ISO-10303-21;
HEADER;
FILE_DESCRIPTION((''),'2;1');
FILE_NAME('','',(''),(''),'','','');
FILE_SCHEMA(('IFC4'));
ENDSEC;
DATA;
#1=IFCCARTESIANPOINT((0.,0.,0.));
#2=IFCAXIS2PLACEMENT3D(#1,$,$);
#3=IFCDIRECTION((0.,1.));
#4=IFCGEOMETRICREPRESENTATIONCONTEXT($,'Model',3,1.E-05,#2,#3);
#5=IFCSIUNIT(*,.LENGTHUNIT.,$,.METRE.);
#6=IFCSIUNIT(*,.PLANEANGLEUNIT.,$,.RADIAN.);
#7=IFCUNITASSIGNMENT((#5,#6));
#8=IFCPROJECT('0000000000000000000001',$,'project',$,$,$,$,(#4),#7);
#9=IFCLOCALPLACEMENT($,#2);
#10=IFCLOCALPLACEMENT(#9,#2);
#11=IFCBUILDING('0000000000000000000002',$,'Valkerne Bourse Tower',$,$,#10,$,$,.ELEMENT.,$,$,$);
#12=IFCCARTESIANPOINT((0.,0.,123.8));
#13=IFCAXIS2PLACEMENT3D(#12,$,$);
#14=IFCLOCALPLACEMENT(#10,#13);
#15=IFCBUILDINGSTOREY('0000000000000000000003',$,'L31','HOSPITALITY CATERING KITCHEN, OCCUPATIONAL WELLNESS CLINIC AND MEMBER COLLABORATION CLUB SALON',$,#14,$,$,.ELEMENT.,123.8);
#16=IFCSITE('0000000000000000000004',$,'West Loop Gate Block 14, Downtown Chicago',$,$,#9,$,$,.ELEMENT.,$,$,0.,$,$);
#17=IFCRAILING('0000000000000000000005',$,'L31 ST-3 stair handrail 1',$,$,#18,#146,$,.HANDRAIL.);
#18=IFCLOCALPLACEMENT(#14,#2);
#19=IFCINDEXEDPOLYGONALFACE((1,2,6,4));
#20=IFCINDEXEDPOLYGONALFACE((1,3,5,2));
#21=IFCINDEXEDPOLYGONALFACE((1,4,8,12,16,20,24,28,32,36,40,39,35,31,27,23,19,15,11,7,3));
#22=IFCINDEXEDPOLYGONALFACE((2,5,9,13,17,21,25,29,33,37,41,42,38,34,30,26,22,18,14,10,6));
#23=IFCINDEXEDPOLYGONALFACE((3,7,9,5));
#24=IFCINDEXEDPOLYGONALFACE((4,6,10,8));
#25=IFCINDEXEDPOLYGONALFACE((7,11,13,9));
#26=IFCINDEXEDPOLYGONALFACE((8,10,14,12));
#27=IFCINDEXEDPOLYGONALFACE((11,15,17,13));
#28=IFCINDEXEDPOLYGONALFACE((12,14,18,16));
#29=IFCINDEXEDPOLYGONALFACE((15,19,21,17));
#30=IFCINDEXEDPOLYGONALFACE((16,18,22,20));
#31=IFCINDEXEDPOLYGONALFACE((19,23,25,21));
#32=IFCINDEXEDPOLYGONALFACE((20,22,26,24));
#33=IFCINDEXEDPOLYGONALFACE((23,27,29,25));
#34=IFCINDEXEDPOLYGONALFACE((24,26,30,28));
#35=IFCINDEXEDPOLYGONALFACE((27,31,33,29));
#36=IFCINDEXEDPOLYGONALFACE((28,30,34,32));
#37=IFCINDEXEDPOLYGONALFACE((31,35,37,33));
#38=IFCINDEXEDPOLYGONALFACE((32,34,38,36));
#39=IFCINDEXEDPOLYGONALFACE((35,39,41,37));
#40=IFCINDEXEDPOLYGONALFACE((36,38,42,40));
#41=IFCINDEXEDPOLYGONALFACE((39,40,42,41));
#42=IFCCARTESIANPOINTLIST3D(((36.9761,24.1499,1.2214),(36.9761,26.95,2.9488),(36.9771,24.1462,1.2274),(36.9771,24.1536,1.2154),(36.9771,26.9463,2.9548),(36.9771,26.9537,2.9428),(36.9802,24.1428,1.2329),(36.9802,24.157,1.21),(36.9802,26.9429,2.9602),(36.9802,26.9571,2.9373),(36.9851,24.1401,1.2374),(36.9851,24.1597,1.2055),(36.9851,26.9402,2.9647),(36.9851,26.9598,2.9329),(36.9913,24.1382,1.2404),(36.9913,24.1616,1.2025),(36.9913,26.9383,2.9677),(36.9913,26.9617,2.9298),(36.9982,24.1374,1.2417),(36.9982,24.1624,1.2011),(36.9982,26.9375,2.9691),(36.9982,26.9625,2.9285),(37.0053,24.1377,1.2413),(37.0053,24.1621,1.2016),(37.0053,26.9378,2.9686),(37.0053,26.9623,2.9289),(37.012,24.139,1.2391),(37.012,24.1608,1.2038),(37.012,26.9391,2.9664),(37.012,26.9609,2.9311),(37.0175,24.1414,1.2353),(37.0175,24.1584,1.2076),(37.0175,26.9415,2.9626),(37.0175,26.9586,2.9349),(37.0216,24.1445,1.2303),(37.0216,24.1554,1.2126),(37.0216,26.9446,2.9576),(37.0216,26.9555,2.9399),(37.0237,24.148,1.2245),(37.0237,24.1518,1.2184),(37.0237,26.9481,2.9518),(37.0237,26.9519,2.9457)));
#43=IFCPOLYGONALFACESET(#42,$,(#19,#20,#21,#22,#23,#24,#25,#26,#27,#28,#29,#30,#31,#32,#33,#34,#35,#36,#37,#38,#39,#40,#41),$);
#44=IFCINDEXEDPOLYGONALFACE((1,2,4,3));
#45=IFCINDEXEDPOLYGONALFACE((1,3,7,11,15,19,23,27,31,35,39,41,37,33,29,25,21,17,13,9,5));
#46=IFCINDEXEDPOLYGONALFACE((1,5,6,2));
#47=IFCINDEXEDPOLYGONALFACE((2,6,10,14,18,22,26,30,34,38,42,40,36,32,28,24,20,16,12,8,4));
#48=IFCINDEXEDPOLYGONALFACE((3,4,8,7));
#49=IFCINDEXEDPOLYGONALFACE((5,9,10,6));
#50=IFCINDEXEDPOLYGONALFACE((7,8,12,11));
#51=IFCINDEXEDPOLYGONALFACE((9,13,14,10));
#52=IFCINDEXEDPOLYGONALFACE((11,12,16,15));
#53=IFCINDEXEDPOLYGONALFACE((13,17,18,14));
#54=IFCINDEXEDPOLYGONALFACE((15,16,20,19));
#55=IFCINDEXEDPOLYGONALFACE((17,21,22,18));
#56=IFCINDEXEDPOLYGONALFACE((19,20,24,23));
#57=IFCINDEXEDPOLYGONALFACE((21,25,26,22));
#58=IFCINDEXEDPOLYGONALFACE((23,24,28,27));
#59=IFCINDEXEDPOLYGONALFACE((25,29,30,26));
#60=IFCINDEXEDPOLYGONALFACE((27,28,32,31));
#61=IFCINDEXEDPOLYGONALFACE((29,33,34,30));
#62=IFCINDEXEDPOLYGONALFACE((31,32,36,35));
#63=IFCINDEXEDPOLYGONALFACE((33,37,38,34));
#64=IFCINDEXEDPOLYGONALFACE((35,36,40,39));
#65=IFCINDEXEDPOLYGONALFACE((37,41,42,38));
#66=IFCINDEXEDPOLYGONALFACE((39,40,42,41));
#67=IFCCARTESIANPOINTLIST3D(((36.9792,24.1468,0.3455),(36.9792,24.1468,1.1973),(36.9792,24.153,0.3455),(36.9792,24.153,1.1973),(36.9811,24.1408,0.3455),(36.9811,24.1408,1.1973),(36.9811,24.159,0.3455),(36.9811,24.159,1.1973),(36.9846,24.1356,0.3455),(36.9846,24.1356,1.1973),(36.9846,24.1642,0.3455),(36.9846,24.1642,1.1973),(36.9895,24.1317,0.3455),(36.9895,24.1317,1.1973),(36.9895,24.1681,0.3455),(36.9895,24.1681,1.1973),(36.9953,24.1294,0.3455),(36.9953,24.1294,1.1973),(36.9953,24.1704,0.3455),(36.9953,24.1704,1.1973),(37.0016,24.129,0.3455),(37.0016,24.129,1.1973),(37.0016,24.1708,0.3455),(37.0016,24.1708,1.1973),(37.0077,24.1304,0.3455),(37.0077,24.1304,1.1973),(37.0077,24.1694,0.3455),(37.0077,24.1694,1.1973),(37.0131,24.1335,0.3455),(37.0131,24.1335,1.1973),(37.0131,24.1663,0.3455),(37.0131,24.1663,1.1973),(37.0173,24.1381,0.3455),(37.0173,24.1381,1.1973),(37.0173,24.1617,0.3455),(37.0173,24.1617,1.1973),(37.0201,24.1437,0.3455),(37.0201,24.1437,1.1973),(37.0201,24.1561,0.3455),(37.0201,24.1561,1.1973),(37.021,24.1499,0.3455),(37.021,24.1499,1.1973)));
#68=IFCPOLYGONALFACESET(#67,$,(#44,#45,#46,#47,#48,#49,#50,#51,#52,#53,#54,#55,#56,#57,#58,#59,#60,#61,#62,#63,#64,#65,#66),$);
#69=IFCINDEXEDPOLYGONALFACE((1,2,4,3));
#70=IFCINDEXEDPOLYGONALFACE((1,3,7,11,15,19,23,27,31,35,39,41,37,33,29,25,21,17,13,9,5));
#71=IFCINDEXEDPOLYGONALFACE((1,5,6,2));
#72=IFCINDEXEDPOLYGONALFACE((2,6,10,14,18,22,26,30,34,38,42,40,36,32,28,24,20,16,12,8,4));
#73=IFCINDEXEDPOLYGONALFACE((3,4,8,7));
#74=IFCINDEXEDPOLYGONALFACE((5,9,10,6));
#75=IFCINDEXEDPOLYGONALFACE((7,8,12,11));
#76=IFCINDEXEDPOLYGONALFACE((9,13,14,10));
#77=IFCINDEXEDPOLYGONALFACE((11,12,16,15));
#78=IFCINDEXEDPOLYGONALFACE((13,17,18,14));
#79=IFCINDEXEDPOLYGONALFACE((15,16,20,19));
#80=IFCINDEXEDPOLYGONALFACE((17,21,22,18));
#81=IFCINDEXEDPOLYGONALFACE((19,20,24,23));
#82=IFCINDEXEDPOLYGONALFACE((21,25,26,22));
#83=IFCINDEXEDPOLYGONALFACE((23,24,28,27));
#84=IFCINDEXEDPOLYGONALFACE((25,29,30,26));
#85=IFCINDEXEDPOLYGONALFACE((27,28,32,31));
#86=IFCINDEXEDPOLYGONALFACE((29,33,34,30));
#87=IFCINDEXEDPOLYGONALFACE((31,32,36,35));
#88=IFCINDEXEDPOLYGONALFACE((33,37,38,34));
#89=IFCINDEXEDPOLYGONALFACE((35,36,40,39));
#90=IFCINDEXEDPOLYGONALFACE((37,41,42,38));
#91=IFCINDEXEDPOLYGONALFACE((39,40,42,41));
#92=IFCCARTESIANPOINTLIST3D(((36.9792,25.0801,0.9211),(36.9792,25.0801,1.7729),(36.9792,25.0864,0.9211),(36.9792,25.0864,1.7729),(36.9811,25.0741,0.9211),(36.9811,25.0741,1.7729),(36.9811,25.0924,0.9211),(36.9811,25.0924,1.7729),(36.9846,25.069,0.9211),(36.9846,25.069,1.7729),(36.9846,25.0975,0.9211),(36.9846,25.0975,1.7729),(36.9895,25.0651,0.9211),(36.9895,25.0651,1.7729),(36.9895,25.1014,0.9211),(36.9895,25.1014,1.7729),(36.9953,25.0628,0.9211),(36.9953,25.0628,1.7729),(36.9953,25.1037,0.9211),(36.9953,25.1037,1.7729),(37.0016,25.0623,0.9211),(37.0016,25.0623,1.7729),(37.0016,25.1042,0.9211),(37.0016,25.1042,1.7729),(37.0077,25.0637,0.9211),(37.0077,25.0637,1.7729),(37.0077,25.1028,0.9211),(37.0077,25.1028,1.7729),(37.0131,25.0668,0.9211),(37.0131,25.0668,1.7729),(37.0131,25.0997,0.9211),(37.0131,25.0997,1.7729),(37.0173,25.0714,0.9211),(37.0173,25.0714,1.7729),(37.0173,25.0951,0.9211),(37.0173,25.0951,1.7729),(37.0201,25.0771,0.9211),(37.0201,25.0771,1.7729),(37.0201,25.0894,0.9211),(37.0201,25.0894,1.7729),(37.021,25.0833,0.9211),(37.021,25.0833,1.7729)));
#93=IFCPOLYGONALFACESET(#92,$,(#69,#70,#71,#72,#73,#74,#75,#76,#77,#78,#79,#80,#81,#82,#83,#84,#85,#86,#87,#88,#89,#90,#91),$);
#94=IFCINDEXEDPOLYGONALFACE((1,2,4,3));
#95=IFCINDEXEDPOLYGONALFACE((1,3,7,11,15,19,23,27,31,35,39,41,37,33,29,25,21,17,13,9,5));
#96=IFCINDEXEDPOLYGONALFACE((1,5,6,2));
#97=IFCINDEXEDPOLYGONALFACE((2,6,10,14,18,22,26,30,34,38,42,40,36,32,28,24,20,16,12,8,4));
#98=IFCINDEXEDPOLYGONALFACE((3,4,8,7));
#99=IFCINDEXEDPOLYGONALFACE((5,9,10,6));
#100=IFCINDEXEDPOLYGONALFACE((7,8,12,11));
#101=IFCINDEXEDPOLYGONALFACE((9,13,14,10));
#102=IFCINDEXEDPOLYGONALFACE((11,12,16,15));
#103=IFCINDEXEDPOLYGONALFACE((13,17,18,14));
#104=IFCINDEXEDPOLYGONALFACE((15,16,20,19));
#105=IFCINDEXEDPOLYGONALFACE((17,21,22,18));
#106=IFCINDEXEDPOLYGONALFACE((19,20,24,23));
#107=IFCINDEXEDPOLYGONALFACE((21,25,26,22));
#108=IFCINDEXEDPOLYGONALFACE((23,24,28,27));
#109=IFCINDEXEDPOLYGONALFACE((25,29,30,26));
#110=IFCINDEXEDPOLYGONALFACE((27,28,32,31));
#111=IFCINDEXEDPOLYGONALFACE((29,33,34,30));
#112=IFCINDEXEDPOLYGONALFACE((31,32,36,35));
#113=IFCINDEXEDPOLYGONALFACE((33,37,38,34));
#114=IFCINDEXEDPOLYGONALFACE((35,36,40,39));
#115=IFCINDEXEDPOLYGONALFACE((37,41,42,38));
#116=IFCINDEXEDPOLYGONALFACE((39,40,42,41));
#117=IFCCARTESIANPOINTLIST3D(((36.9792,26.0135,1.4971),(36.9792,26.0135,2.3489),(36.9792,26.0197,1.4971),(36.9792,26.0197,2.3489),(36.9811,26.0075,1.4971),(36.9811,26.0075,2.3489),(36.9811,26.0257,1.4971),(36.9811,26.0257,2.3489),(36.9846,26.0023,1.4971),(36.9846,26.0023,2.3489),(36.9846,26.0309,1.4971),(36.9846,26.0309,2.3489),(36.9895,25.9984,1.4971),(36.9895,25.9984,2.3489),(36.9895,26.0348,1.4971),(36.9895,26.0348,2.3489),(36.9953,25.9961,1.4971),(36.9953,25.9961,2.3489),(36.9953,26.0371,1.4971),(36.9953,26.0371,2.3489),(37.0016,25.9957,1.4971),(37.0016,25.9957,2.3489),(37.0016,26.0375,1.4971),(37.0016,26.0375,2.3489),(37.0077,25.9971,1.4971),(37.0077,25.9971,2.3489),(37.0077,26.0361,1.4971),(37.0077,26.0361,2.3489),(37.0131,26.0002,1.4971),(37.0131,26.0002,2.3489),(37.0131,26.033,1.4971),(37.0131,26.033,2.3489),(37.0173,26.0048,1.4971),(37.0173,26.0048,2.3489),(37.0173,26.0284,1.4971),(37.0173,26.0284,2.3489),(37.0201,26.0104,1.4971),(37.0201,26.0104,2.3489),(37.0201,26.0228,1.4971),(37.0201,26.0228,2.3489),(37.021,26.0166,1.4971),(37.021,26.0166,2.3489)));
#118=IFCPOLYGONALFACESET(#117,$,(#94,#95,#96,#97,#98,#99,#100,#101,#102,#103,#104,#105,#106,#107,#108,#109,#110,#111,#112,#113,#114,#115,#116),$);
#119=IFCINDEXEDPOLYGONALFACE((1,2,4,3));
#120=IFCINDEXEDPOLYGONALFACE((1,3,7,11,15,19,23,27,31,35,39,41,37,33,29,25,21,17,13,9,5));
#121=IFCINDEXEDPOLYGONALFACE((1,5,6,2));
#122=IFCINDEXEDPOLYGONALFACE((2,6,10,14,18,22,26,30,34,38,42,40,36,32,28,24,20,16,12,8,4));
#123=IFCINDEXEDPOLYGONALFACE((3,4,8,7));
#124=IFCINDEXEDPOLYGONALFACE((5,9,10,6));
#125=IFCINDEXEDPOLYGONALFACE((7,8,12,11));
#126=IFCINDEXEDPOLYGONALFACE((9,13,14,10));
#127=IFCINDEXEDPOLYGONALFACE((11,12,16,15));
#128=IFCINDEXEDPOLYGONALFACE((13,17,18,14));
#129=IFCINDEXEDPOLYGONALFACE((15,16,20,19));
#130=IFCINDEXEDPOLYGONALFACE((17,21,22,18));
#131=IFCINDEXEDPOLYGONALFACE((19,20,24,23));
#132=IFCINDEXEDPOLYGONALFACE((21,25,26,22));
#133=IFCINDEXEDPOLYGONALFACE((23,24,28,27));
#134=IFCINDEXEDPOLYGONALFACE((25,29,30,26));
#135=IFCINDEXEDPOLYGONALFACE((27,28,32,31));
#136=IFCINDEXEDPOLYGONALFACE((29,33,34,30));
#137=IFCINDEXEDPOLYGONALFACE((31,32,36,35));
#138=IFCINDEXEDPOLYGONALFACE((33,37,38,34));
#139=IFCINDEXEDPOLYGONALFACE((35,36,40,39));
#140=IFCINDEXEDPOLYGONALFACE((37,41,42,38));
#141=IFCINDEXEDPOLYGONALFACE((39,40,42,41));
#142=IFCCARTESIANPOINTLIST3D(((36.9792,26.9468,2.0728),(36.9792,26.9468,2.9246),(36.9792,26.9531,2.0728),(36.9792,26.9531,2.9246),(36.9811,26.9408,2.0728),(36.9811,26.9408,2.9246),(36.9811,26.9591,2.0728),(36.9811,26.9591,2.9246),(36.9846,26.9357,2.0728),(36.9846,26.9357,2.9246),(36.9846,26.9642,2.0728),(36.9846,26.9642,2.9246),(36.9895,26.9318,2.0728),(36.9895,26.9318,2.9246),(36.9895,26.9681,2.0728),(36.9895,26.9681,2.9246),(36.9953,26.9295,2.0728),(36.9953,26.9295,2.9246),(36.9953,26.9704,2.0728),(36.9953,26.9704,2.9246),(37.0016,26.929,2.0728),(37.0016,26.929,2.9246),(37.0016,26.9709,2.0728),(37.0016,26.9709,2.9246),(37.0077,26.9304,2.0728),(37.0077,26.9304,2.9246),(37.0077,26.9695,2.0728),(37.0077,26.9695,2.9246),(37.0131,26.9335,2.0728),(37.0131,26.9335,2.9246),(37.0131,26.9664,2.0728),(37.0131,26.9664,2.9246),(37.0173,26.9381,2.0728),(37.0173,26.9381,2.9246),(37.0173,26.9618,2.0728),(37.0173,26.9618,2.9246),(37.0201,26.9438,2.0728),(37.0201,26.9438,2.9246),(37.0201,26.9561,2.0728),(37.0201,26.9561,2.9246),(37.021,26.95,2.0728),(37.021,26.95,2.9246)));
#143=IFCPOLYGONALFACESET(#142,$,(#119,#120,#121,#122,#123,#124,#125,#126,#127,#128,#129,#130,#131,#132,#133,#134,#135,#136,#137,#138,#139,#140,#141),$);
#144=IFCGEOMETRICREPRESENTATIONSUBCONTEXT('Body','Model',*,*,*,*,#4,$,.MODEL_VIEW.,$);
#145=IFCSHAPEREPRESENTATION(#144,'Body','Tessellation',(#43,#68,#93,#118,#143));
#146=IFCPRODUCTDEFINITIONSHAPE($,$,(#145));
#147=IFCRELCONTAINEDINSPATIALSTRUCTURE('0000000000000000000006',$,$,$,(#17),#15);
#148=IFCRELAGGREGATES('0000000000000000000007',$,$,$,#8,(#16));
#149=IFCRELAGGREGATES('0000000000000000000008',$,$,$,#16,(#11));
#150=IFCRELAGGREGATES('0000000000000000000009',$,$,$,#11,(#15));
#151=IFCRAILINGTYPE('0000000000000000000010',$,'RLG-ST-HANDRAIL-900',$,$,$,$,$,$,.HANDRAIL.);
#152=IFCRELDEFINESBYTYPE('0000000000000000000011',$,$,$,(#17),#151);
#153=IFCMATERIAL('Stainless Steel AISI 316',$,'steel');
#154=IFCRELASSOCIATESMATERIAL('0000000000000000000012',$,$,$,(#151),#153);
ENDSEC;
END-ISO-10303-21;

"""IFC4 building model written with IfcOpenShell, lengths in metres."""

from ifc_helpers import new_model, si_unit, direction, frame, origin, origin_2d, place, context, subcontext, project, spatial, circle, extrude, material, type_object, element, save


model = new_model("IFC4")

# Units and contexts
model_context = context("Model", 3, precision=1e-05, world=origin(), true_north=direction((0.0, 1.0)))
body_context = subcontext(model_context, "Body", "Model", "MODEL_VIEW")
ifc_project = project(units=[si_unit("LENGTHUNIT", "METRE"), si_unit("PLANEANGLEUNIT", "RADIAN")], contexts=[model_context])

# Site, building, storey
site_placement = place(None, origin())
site = spatial("IfcSite", under=ifc_project, at=site_placement, Name="West Loop Gate Block 14, Downtown Chicago", CompositionType="ELEMENT", RefElevation=0.0)
building_placement = place(site_placement, origin())
building = spatial("IfcBuilding", under=site, at=building_placement, Name="Valkerne Bourse Tower", CompositionType="ELEMENT")
storey_placement = place(building_placement, frame((0.0, 0.0, 123.8)))
storey = spatial("IfcBuildingStorey", under=building, at=storey_placement, Name="L31", Description="HOSPITALITY CATERING KITCHEN, OCCUPATIONAL WELLNESS CLINIC AND MEMBER COLLABORATION CLUB SALON", CompositionType="ELEMENT", Elevation=123.8)

# Railing
ifc_material_1 = material(Name="Stainless Steel AISI 316", Category="steel")
railing_type_1 = type_object("IfcRailingType", Name="RLG-ST-HANDRAIL-900", PredefinedType="HANDRAIL", material=ifc_material_1)
railing_1_placement = place(storey_placement, frame((37.0, 24.1499, 0.3455)))
element("IfcRailing", 1, at=railing_1_placement, inside=storey, type_object=railing_type_1, Name="L31 ST-3 stair handrail 1", PredefinedType="HANDRAIL", context=body_context, shape_type="SweptSolid", body=[
    extrude(circle(Radius=0.0239, at=origin_2d()), frame((0.0, 0.0, 0.876), z_axis=(0.0, 0.85109, 0.52502), x_axis=(-1.0, 0.0, 0.0)), (0.0, 0.0, 1.0), 3.29),
    extrude(circle(Radius=0.021, at=origin_2d()), origin(), (0.0, 0.0, 1.0), 0.8518),
    extrude(circle(Radius=0.021, at=origin_2d()), frame((0.0, 0.9333, 0.5757)), (0.0, 0.0, 1.0), 0.8518),
    extrude(circle(Radius=0.021, at=origin_2d()), frame((0.0, 1.8667, 1.1516)), (0.0, 0.0, 1.0), 0.8518),
    extrude(circle(Radius=0.021, at=origin_2d()), frame((0.0, 2.8, 1.7273)), (0.0, 0.0, 1.0), 0.8518),
])

save(model, "model.ifc")
